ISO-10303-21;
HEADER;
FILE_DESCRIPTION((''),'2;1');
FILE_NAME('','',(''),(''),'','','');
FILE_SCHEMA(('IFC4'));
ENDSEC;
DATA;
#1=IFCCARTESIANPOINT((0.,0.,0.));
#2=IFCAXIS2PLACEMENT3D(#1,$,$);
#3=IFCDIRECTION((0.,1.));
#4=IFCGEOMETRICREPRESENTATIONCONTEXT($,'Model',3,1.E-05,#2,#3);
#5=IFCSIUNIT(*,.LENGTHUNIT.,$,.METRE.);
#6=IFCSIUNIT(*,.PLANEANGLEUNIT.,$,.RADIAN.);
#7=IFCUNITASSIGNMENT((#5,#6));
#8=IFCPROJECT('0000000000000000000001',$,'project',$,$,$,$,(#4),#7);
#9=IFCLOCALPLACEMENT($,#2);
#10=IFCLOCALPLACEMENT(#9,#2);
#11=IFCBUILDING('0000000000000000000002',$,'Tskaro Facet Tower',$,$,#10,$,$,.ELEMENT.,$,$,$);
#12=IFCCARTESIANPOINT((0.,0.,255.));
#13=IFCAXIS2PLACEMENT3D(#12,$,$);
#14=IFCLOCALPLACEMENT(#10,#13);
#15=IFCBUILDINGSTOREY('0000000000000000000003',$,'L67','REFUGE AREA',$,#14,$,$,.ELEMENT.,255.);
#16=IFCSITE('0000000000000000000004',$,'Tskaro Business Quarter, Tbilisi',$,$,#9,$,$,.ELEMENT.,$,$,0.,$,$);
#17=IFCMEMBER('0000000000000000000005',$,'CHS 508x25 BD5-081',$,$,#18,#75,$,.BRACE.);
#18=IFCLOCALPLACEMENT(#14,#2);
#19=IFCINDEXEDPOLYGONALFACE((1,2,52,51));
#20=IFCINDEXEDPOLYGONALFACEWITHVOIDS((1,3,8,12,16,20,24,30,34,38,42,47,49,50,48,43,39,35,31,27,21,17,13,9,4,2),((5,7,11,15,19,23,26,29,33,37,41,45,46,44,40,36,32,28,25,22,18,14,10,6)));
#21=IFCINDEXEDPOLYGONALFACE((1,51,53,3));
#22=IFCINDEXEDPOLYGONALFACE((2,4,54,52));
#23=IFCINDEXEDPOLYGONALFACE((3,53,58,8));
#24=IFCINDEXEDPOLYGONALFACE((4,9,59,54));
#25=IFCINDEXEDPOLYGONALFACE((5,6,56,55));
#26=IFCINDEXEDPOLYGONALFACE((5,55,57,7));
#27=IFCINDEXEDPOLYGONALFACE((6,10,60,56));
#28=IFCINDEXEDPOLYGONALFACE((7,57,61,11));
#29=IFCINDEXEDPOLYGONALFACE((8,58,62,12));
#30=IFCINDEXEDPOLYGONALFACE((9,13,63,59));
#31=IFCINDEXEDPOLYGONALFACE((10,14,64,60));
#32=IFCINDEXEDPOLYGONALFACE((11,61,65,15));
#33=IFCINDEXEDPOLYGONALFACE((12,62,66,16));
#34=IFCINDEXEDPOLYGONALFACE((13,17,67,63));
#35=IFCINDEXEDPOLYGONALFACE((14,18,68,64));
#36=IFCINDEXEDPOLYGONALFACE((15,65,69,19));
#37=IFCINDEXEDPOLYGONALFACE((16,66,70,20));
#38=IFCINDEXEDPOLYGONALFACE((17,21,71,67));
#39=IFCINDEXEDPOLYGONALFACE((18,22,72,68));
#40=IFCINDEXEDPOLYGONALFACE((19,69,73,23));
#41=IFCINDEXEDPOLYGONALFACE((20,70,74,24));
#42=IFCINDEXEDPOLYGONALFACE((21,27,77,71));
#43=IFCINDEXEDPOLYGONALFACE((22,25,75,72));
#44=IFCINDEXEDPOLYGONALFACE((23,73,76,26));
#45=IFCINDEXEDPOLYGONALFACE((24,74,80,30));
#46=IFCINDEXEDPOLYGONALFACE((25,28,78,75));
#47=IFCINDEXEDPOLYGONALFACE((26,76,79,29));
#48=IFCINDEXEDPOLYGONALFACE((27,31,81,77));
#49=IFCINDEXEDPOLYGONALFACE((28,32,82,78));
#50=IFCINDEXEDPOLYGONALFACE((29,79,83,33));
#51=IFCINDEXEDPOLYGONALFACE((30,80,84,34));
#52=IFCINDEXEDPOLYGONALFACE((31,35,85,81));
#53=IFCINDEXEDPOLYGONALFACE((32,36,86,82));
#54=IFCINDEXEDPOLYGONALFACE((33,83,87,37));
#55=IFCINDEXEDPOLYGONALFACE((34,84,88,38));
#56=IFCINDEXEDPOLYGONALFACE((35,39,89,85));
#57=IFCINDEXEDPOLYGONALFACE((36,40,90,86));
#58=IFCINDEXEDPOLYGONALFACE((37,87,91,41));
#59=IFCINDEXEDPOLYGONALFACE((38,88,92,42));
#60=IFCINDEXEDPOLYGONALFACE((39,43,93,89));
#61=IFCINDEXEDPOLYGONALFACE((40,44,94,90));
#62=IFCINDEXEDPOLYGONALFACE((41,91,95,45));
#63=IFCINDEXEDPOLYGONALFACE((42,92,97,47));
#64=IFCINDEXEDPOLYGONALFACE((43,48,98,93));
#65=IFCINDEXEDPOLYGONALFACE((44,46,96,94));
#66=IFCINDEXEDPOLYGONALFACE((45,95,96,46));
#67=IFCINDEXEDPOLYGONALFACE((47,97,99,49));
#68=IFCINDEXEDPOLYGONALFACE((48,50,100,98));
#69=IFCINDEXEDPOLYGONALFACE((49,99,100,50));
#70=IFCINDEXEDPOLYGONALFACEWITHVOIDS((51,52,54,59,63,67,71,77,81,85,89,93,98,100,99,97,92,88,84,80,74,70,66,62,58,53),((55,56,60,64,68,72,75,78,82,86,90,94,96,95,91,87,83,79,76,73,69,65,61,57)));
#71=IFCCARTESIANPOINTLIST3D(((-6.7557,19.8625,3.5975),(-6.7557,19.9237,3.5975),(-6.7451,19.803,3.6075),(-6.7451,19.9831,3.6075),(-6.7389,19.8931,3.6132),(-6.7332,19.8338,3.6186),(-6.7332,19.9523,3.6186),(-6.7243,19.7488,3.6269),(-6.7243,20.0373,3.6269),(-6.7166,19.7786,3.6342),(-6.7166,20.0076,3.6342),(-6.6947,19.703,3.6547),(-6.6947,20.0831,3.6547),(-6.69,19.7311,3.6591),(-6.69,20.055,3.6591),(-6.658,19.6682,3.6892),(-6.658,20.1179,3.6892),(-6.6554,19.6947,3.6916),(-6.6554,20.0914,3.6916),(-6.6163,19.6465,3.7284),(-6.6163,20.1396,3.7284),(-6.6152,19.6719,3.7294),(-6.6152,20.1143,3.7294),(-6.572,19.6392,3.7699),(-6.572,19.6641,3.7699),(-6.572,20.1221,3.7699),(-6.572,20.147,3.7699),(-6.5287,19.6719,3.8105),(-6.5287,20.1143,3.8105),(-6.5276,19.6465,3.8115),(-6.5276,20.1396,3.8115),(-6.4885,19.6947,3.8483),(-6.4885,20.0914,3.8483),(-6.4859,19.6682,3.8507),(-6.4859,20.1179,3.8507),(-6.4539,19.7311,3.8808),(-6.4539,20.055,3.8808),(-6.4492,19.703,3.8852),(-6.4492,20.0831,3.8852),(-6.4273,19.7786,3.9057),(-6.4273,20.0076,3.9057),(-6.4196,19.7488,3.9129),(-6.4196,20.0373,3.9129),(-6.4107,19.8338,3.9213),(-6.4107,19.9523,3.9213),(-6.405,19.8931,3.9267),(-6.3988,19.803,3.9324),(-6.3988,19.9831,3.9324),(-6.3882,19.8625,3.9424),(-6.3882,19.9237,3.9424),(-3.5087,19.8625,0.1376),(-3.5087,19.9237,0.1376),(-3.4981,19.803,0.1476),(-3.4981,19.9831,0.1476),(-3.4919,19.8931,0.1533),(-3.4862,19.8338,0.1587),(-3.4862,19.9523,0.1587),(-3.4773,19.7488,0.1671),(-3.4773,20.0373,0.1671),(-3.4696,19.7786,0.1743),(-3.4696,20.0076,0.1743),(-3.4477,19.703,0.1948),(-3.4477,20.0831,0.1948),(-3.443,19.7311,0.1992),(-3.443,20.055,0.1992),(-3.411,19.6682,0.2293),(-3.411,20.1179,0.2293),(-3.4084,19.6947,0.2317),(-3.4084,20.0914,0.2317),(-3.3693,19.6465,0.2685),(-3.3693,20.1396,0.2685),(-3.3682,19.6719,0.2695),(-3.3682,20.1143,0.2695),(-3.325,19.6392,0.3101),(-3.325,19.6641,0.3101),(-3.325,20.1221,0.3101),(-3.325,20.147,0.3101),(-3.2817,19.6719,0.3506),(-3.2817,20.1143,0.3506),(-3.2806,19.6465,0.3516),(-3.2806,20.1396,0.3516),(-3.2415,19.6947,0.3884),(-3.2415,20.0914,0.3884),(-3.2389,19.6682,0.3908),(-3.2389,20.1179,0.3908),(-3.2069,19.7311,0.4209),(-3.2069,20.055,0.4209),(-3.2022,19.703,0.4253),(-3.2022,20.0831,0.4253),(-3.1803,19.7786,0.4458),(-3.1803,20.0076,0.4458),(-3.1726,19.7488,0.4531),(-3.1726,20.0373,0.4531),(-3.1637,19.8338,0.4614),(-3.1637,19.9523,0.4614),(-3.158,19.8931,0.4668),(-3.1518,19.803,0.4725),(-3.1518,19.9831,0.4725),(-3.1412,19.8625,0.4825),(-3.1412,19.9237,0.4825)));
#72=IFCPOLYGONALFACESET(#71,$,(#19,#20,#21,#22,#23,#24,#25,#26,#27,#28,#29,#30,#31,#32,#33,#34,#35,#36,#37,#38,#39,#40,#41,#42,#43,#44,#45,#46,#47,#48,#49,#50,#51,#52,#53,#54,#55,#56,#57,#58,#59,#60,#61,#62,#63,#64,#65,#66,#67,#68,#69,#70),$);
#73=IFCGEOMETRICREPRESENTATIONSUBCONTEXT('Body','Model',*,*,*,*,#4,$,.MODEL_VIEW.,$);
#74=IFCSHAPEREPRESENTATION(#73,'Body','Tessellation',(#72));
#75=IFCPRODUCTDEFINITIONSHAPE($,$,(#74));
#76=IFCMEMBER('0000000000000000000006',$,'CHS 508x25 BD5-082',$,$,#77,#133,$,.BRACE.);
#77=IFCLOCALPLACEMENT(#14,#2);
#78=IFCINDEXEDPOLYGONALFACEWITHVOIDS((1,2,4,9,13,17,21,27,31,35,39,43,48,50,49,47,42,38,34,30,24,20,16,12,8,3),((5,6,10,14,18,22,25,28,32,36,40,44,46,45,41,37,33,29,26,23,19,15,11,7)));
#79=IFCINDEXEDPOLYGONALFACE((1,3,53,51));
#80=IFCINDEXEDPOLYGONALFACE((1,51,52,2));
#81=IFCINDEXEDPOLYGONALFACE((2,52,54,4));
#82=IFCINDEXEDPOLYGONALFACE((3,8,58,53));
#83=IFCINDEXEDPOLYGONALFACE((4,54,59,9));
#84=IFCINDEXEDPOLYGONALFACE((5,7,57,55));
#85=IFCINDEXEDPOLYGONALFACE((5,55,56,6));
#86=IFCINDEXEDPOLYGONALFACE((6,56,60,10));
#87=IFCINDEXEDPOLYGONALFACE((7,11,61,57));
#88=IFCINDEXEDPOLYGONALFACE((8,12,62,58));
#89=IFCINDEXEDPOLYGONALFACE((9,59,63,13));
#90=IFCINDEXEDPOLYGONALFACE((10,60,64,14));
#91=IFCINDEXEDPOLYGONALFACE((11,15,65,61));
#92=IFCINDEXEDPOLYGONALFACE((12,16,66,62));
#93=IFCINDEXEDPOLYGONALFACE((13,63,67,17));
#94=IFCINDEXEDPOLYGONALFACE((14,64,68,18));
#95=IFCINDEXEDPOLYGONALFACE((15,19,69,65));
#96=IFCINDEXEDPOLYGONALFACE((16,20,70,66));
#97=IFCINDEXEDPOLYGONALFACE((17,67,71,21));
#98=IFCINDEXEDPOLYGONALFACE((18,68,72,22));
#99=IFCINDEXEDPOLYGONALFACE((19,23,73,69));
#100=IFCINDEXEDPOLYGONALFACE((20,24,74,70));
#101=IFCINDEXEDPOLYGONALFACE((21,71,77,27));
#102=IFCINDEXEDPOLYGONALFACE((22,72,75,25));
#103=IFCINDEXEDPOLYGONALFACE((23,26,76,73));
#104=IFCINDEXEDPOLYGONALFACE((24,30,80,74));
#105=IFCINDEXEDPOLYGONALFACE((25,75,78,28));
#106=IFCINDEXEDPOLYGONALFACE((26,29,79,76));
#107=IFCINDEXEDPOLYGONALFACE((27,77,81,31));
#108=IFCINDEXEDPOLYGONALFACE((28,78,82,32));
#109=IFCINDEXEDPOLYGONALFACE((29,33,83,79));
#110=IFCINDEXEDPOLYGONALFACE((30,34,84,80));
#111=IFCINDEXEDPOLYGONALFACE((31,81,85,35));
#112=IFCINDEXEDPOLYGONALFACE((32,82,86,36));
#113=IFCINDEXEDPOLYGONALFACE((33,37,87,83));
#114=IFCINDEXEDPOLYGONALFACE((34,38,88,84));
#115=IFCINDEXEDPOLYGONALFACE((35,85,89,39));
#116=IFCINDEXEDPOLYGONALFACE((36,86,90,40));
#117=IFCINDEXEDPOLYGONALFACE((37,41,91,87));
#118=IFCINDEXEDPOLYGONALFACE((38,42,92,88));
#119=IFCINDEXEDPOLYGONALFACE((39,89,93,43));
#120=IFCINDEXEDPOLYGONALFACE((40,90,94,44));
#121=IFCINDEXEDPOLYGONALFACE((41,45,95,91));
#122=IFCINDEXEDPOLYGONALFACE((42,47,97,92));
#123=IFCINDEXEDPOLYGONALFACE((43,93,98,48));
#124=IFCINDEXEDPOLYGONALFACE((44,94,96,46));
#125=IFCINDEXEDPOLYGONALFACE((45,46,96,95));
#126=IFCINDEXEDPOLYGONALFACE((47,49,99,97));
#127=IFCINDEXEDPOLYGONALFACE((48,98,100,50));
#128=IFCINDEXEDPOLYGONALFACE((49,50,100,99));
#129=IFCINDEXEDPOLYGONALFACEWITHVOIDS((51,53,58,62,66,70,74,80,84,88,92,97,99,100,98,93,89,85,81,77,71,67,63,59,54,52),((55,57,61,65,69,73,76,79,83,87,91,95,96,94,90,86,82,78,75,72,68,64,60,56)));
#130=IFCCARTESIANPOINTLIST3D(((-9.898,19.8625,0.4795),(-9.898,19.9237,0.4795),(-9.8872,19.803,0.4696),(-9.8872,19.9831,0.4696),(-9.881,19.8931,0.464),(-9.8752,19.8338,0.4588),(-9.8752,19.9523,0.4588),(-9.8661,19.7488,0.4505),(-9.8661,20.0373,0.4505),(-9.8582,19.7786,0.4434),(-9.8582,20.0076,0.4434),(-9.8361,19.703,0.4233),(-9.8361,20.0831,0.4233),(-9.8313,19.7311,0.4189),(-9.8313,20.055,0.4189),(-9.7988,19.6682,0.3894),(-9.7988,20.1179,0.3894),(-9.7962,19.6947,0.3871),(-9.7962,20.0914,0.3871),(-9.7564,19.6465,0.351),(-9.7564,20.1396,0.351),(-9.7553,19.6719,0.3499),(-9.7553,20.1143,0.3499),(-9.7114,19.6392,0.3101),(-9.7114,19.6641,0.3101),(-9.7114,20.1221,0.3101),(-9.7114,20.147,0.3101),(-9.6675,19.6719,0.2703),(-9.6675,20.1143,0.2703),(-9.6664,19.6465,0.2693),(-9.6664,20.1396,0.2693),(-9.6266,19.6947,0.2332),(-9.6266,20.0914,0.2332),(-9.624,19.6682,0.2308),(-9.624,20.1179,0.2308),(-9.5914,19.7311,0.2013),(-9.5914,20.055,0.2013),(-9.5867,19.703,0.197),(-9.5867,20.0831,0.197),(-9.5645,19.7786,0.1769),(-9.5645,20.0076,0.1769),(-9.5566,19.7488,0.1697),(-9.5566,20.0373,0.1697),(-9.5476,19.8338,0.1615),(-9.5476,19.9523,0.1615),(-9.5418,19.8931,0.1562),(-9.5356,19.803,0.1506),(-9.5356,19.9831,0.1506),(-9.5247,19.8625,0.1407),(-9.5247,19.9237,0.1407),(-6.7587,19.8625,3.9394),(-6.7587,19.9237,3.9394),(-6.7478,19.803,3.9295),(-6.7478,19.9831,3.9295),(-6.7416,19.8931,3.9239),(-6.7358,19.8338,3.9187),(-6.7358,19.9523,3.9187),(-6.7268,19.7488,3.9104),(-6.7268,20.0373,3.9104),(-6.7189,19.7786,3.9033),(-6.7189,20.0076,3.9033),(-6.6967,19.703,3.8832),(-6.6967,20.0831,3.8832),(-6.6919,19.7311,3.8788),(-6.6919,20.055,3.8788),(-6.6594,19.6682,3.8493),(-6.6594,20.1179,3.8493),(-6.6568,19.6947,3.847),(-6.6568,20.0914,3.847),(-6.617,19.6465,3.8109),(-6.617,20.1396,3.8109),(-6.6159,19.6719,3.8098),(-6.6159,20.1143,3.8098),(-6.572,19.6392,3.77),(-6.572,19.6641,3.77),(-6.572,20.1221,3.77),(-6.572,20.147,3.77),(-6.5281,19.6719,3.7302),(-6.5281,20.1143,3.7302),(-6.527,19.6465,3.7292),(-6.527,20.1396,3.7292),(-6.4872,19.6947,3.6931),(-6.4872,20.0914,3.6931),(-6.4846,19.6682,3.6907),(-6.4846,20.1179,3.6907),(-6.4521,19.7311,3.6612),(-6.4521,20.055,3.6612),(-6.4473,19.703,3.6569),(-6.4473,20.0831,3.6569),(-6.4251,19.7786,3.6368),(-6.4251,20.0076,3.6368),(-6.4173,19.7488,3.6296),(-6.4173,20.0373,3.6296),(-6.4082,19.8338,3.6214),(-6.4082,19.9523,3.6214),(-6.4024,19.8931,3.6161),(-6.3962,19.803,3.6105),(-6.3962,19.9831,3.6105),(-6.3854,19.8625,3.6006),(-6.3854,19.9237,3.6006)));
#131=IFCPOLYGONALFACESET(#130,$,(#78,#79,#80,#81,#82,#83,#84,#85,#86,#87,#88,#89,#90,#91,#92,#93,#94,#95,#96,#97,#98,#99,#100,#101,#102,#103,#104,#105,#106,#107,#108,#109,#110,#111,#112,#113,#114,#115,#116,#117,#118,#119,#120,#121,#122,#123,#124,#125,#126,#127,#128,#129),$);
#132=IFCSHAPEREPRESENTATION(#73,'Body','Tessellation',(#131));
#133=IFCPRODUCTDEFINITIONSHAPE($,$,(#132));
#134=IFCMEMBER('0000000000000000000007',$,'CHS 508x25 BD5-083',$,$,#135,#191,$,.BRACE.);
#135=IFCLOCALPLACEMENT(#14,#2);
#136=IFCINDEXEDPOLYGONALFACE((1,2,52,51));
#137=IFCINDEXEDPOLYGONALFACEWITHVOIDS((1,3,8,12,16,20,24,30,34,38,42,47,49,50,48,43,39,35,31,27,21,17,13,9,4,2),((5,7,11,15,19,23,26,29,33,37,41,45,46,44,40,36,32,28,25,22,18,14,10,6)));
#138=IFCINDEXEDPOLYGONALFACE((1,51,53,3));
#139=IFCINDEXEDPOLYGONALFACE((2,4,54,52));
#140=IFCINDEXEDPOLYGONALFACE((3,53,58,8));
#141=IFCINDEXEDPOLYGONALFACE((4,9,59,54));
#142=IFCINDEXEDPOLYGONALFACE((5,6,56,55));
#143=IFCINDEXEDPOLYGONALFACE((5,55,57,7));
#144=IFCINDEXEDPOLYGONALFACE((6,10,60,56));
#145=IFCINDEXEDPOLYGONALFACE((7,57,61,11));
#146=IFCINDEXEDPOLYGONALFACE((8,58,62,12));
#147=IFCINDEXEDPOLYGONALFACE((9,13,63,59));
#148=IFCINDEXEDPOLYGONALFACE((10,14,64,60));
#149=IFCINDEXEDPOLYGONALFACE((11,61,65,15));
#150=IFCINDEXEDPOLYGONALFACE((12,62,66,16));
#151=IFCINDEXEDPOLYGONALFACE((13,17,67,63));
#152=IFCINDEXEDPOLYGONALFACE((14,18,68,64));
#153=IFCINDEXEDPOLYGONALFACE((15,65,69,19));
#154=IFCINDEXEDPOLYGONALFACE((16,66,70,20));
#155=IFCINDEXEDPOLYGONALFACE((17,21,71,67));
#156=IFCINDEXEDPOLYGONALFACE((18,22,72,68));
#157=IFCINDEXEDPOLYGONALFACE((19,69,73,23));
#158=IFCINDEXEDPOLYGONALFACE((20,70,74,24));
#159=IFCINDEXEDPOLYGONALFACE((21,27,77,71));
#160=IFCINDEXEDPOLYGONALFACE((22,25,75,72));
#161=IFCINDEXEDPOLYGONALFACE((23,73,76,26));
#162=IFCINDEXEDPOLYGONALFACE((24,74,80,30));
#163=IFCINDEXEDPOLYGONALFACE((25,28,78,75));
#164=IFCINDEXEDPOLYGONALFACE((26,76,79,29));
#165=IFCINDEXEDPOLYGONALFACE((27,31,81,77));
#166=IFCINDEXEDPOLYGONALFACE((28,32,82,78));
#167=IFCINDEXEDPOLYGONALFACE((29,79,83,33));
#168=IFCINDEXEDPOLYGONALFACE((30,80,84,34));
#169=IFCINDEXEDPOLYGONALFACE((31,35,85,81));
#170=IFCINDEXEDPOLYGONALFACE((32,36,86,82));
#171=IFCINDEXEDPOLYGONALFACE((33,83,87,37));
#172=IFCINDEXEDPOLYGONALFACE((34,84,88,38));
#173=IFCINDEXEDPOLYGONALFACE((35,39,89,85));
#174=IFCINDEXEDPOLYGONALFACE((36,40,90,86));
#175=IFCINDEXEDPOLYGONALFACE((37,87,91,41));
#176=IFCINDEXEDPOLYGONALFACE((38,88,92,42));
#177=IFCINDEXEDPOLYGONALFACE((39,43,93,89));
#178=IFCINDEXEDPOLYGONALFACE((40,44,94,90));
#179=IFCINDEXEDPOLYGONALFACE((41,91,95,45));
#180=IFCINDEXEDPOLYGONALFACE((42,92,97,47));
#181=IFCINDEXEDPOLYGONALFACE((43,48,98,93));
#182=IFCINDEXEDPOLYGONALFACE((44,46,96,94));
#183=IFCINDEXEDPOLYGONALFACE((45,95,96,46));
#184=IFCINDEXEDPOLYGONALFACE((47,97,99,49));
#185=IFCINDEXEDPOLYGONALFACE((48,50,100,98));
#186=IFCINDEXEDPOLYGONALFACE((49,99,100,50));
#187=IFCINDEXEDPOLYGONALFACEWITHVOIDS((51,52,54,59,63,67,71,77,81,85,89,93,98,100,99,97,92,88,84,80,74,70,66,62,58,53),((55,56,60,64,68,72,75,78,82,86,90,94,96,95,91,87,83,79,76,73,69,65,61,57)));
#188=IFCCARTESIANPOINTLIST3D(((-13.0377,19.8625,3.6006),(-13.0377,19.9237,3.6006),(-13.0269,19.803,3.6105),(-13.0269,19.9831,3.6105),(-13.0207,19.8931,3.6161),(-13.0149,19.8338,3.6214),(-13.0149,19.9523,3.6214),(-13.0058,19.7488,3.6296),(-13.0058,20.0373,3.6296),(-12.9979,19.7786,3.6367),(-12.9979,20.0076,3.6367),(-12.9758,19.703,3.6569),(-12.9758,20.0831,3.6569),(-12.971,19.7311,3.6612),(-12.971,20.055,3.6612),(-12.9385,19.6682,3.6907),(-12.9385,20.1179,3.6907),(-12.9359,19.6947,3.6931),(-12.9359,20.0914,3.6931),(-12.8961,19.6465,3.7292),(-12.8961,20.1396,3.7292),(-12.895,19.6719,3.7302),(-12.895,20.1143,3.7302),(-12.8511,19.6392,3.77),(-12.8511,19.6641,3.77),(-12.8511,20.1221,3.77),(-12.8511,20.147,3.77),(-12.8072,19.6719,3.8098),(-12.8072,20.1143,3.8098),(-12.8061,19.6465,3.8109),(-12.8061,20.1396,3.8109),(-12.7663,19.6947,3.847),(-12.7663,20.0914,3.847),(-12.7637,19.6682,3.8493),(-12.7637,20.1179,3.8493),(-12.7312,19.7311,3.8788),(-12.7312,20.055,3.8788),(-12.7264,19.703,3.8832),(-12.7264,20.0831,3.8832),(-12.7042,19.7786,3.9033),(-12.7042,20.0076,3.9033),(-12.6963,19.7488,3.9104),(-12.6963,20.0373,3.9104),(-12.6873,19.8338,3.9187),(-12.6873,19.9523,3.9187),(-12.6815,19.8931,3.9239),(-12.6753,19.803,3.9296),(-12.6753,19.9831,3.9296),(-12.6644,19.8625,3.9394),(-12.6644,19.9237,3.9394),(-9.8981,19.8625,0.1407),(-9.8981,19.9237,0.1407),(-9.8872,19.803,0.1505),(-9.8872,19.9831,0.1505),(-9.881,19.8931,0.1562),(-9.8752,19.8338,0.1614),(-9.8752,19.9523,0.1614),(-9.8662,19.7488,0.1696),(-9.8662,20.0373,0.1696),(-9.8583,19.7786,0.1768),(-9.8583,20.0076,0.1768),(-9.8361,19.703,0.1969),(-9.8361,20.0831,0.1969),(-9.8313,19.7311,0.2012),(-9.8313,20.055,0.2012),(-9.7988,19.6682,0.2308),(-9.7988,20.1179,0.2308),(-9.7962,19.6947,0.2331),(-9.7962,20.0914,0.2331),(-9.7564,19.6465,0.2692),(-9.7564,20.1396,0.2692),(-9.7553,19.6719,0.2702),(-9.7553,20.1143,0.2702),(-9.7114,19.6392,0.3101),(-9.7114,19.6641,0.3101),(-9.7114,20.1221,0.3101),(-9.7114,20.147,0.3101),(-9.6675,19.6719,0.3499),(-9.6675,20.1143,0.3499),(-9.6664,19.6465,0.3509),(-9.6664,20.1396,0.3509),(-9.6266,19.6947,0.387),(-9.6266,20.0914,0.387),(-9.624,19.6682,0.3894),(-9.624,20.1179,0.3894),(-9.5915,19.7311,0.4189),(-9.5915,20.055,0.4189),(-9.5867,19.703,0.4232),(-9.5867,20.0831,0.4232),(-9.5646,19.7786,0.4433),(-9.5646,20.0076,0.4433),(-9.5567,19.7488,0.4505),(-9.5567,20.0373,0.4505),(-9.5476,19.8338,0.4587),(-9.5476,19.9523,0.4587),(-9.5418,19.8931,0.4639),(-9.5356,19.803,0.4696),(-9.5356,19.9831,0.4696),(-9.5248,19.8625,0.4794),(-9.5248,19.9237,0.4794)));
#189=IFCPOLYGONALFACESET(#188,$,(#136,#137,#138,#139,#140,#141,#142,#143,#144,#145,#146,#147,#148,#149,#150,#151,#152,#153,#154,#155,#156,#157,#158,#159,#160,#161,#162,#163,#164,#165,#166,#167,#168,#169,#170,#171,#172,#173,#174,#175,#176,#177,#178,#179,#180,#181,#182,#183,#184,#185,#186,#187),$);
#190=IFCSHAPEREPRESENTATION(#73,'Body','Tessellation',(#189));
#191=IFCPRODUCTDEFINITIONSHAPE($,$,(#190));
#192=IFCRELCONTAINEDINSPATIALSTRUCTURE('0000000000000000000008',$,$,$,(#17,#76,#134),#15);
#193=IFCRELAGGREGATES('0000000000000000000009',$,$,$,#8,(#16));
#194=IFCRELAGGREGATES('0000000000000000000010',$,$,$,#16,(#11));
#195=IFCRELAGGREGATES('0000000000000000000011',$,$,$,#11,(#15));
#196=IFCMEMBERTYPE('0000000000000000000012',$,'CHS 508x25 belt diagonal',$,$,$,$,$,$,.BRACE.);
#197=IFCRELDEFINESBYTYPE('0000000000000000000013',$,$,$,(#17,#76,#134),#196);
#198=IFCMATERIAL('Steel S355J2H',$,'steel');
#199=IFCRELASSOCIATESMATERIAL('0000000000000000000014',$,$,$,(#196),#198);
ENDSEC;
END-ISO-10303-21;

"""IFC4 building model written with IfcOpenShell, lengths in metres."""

from ifc_helpers import new_model, si_unit, direction, frame, origin, origin_2d, place, context, subcontext, project, spatial, hollow_circle, extrude, material, material_profile, profile_set, type_object, element, save


model = new_model("IFC4")

# Units and contexts
model_context = context("Model", 3, precision=1e-05, world=origin(), true_north=direction((0.0, 1.0)))
body_context = subcontext(model_context, "Body", "Model", "MODEL_VIEW")
ifc_project = project(units=[si_unit("LENGTHUNIT", "METRE"), si_unit("PLANEANGLEUNIT", "RADIAN")], contexts=[model_context])

# Site, building, storey
site_placement = place(None, origin())
site = spatial("IfcSite", under=ifc_project, at=site_placement, Name="Tskaro Business Quarter, Tbilisi", CompositionType="ELEMENT", RefElevation=0.0)
building_placement = place(site_placement, origin())
building = spatial("IfcBuilding", under=site, at=building_placement, Name="Tskaro Facet Tower", CompositionType="ELEMENT")
storey_placement = place(building_placement, frame((0.0, 0.0, 255.0)))
storey = spatial("IfcBuildingStorey", under=building, at=storey_placement, Name="L67", Description="REFUGE AREA", CompositionType="ELEMENT", Elevation=255.0)

# Shared definitions
ifc_material_1 = material(Name="Steel S355J2H", Category="steel")

# Members
ifc_material_profile_1 = material_profile(ifc_material_1, hollow_circle(Radius=0.2539, WallThickness=0.0249, at=origin_2d()), Name="CHS 508x25")
ifc_profile_set_1 = profile_set([ifc_material_profile_1], Name="Steel S355J2H")
member_type_1 = type_object("IfcMemberType", Name="CHS 508x25 belt diagonal", PredefinedType="BRACE", material=ifc_profile_set_1)
member_1_placement = place(storey_placement, frame((-3.325, 19.8931, 0.3101), z_axis=(-0.684318, 0.0, 0.729184), x_axis=(0.0, -1.0, 0.0)))
element("IfcMember", 1, at=member_1_placement, inside=storey, type_object=member_type_1, Name="CHS 508x25 BD5-081", PredefinedType="BRACE", context=body_context, shape_type="SweptSolid", body=[
    extrude(hollow_circle(Radius=0.2539, WallThickness=0.0249, at=origin_2d()), origin(), (0.0, 0.0, 1.0), 4.7449),
])
member_2_placement = place(storey_placement, frame((-6.572, 19.8931, 3.77), z_axis=(-0.671968, 0.0, -0.740581), x_axis=(0.0, -1.0, 0.0)))
element("IfcMember", 2, at=member_2_placement, inside=storey, type_object=member_type_1, Name="CHS 508x25 BD5-082", PredefinedType="BRACE", context=body_context, shape_type="SweptSolid", body=[
    extrude(hollow_circle(Radius=0.2539, WallThickness=0.0249, at=origin_2d()), origin(), (0.0, 0.0, 1.0), 4.6719),
])
member_3_placement = place(storey_placement, frame((-9.7114, 19.8931, 0.3101), z_axis=(-0.671996, 0.0, 0.740555), x_axis=(0.0, -1.0, 0.0)))
element("IfcMember", 3, at=member_3_placement, inside=storey, type_object=member_type_1, Name="CHS 508x25 BD5-083", PredefinedType="BRACE", context=body_context, shape_type="SweptSolid", body=[
    extrude(hollow_circle(Radius=0.2539, WallThickness=0.0249, at=origin_2d()), origin(), (0.0, 0.0, 1.0), 4.6721),
])

save(model, "model.ifc")
